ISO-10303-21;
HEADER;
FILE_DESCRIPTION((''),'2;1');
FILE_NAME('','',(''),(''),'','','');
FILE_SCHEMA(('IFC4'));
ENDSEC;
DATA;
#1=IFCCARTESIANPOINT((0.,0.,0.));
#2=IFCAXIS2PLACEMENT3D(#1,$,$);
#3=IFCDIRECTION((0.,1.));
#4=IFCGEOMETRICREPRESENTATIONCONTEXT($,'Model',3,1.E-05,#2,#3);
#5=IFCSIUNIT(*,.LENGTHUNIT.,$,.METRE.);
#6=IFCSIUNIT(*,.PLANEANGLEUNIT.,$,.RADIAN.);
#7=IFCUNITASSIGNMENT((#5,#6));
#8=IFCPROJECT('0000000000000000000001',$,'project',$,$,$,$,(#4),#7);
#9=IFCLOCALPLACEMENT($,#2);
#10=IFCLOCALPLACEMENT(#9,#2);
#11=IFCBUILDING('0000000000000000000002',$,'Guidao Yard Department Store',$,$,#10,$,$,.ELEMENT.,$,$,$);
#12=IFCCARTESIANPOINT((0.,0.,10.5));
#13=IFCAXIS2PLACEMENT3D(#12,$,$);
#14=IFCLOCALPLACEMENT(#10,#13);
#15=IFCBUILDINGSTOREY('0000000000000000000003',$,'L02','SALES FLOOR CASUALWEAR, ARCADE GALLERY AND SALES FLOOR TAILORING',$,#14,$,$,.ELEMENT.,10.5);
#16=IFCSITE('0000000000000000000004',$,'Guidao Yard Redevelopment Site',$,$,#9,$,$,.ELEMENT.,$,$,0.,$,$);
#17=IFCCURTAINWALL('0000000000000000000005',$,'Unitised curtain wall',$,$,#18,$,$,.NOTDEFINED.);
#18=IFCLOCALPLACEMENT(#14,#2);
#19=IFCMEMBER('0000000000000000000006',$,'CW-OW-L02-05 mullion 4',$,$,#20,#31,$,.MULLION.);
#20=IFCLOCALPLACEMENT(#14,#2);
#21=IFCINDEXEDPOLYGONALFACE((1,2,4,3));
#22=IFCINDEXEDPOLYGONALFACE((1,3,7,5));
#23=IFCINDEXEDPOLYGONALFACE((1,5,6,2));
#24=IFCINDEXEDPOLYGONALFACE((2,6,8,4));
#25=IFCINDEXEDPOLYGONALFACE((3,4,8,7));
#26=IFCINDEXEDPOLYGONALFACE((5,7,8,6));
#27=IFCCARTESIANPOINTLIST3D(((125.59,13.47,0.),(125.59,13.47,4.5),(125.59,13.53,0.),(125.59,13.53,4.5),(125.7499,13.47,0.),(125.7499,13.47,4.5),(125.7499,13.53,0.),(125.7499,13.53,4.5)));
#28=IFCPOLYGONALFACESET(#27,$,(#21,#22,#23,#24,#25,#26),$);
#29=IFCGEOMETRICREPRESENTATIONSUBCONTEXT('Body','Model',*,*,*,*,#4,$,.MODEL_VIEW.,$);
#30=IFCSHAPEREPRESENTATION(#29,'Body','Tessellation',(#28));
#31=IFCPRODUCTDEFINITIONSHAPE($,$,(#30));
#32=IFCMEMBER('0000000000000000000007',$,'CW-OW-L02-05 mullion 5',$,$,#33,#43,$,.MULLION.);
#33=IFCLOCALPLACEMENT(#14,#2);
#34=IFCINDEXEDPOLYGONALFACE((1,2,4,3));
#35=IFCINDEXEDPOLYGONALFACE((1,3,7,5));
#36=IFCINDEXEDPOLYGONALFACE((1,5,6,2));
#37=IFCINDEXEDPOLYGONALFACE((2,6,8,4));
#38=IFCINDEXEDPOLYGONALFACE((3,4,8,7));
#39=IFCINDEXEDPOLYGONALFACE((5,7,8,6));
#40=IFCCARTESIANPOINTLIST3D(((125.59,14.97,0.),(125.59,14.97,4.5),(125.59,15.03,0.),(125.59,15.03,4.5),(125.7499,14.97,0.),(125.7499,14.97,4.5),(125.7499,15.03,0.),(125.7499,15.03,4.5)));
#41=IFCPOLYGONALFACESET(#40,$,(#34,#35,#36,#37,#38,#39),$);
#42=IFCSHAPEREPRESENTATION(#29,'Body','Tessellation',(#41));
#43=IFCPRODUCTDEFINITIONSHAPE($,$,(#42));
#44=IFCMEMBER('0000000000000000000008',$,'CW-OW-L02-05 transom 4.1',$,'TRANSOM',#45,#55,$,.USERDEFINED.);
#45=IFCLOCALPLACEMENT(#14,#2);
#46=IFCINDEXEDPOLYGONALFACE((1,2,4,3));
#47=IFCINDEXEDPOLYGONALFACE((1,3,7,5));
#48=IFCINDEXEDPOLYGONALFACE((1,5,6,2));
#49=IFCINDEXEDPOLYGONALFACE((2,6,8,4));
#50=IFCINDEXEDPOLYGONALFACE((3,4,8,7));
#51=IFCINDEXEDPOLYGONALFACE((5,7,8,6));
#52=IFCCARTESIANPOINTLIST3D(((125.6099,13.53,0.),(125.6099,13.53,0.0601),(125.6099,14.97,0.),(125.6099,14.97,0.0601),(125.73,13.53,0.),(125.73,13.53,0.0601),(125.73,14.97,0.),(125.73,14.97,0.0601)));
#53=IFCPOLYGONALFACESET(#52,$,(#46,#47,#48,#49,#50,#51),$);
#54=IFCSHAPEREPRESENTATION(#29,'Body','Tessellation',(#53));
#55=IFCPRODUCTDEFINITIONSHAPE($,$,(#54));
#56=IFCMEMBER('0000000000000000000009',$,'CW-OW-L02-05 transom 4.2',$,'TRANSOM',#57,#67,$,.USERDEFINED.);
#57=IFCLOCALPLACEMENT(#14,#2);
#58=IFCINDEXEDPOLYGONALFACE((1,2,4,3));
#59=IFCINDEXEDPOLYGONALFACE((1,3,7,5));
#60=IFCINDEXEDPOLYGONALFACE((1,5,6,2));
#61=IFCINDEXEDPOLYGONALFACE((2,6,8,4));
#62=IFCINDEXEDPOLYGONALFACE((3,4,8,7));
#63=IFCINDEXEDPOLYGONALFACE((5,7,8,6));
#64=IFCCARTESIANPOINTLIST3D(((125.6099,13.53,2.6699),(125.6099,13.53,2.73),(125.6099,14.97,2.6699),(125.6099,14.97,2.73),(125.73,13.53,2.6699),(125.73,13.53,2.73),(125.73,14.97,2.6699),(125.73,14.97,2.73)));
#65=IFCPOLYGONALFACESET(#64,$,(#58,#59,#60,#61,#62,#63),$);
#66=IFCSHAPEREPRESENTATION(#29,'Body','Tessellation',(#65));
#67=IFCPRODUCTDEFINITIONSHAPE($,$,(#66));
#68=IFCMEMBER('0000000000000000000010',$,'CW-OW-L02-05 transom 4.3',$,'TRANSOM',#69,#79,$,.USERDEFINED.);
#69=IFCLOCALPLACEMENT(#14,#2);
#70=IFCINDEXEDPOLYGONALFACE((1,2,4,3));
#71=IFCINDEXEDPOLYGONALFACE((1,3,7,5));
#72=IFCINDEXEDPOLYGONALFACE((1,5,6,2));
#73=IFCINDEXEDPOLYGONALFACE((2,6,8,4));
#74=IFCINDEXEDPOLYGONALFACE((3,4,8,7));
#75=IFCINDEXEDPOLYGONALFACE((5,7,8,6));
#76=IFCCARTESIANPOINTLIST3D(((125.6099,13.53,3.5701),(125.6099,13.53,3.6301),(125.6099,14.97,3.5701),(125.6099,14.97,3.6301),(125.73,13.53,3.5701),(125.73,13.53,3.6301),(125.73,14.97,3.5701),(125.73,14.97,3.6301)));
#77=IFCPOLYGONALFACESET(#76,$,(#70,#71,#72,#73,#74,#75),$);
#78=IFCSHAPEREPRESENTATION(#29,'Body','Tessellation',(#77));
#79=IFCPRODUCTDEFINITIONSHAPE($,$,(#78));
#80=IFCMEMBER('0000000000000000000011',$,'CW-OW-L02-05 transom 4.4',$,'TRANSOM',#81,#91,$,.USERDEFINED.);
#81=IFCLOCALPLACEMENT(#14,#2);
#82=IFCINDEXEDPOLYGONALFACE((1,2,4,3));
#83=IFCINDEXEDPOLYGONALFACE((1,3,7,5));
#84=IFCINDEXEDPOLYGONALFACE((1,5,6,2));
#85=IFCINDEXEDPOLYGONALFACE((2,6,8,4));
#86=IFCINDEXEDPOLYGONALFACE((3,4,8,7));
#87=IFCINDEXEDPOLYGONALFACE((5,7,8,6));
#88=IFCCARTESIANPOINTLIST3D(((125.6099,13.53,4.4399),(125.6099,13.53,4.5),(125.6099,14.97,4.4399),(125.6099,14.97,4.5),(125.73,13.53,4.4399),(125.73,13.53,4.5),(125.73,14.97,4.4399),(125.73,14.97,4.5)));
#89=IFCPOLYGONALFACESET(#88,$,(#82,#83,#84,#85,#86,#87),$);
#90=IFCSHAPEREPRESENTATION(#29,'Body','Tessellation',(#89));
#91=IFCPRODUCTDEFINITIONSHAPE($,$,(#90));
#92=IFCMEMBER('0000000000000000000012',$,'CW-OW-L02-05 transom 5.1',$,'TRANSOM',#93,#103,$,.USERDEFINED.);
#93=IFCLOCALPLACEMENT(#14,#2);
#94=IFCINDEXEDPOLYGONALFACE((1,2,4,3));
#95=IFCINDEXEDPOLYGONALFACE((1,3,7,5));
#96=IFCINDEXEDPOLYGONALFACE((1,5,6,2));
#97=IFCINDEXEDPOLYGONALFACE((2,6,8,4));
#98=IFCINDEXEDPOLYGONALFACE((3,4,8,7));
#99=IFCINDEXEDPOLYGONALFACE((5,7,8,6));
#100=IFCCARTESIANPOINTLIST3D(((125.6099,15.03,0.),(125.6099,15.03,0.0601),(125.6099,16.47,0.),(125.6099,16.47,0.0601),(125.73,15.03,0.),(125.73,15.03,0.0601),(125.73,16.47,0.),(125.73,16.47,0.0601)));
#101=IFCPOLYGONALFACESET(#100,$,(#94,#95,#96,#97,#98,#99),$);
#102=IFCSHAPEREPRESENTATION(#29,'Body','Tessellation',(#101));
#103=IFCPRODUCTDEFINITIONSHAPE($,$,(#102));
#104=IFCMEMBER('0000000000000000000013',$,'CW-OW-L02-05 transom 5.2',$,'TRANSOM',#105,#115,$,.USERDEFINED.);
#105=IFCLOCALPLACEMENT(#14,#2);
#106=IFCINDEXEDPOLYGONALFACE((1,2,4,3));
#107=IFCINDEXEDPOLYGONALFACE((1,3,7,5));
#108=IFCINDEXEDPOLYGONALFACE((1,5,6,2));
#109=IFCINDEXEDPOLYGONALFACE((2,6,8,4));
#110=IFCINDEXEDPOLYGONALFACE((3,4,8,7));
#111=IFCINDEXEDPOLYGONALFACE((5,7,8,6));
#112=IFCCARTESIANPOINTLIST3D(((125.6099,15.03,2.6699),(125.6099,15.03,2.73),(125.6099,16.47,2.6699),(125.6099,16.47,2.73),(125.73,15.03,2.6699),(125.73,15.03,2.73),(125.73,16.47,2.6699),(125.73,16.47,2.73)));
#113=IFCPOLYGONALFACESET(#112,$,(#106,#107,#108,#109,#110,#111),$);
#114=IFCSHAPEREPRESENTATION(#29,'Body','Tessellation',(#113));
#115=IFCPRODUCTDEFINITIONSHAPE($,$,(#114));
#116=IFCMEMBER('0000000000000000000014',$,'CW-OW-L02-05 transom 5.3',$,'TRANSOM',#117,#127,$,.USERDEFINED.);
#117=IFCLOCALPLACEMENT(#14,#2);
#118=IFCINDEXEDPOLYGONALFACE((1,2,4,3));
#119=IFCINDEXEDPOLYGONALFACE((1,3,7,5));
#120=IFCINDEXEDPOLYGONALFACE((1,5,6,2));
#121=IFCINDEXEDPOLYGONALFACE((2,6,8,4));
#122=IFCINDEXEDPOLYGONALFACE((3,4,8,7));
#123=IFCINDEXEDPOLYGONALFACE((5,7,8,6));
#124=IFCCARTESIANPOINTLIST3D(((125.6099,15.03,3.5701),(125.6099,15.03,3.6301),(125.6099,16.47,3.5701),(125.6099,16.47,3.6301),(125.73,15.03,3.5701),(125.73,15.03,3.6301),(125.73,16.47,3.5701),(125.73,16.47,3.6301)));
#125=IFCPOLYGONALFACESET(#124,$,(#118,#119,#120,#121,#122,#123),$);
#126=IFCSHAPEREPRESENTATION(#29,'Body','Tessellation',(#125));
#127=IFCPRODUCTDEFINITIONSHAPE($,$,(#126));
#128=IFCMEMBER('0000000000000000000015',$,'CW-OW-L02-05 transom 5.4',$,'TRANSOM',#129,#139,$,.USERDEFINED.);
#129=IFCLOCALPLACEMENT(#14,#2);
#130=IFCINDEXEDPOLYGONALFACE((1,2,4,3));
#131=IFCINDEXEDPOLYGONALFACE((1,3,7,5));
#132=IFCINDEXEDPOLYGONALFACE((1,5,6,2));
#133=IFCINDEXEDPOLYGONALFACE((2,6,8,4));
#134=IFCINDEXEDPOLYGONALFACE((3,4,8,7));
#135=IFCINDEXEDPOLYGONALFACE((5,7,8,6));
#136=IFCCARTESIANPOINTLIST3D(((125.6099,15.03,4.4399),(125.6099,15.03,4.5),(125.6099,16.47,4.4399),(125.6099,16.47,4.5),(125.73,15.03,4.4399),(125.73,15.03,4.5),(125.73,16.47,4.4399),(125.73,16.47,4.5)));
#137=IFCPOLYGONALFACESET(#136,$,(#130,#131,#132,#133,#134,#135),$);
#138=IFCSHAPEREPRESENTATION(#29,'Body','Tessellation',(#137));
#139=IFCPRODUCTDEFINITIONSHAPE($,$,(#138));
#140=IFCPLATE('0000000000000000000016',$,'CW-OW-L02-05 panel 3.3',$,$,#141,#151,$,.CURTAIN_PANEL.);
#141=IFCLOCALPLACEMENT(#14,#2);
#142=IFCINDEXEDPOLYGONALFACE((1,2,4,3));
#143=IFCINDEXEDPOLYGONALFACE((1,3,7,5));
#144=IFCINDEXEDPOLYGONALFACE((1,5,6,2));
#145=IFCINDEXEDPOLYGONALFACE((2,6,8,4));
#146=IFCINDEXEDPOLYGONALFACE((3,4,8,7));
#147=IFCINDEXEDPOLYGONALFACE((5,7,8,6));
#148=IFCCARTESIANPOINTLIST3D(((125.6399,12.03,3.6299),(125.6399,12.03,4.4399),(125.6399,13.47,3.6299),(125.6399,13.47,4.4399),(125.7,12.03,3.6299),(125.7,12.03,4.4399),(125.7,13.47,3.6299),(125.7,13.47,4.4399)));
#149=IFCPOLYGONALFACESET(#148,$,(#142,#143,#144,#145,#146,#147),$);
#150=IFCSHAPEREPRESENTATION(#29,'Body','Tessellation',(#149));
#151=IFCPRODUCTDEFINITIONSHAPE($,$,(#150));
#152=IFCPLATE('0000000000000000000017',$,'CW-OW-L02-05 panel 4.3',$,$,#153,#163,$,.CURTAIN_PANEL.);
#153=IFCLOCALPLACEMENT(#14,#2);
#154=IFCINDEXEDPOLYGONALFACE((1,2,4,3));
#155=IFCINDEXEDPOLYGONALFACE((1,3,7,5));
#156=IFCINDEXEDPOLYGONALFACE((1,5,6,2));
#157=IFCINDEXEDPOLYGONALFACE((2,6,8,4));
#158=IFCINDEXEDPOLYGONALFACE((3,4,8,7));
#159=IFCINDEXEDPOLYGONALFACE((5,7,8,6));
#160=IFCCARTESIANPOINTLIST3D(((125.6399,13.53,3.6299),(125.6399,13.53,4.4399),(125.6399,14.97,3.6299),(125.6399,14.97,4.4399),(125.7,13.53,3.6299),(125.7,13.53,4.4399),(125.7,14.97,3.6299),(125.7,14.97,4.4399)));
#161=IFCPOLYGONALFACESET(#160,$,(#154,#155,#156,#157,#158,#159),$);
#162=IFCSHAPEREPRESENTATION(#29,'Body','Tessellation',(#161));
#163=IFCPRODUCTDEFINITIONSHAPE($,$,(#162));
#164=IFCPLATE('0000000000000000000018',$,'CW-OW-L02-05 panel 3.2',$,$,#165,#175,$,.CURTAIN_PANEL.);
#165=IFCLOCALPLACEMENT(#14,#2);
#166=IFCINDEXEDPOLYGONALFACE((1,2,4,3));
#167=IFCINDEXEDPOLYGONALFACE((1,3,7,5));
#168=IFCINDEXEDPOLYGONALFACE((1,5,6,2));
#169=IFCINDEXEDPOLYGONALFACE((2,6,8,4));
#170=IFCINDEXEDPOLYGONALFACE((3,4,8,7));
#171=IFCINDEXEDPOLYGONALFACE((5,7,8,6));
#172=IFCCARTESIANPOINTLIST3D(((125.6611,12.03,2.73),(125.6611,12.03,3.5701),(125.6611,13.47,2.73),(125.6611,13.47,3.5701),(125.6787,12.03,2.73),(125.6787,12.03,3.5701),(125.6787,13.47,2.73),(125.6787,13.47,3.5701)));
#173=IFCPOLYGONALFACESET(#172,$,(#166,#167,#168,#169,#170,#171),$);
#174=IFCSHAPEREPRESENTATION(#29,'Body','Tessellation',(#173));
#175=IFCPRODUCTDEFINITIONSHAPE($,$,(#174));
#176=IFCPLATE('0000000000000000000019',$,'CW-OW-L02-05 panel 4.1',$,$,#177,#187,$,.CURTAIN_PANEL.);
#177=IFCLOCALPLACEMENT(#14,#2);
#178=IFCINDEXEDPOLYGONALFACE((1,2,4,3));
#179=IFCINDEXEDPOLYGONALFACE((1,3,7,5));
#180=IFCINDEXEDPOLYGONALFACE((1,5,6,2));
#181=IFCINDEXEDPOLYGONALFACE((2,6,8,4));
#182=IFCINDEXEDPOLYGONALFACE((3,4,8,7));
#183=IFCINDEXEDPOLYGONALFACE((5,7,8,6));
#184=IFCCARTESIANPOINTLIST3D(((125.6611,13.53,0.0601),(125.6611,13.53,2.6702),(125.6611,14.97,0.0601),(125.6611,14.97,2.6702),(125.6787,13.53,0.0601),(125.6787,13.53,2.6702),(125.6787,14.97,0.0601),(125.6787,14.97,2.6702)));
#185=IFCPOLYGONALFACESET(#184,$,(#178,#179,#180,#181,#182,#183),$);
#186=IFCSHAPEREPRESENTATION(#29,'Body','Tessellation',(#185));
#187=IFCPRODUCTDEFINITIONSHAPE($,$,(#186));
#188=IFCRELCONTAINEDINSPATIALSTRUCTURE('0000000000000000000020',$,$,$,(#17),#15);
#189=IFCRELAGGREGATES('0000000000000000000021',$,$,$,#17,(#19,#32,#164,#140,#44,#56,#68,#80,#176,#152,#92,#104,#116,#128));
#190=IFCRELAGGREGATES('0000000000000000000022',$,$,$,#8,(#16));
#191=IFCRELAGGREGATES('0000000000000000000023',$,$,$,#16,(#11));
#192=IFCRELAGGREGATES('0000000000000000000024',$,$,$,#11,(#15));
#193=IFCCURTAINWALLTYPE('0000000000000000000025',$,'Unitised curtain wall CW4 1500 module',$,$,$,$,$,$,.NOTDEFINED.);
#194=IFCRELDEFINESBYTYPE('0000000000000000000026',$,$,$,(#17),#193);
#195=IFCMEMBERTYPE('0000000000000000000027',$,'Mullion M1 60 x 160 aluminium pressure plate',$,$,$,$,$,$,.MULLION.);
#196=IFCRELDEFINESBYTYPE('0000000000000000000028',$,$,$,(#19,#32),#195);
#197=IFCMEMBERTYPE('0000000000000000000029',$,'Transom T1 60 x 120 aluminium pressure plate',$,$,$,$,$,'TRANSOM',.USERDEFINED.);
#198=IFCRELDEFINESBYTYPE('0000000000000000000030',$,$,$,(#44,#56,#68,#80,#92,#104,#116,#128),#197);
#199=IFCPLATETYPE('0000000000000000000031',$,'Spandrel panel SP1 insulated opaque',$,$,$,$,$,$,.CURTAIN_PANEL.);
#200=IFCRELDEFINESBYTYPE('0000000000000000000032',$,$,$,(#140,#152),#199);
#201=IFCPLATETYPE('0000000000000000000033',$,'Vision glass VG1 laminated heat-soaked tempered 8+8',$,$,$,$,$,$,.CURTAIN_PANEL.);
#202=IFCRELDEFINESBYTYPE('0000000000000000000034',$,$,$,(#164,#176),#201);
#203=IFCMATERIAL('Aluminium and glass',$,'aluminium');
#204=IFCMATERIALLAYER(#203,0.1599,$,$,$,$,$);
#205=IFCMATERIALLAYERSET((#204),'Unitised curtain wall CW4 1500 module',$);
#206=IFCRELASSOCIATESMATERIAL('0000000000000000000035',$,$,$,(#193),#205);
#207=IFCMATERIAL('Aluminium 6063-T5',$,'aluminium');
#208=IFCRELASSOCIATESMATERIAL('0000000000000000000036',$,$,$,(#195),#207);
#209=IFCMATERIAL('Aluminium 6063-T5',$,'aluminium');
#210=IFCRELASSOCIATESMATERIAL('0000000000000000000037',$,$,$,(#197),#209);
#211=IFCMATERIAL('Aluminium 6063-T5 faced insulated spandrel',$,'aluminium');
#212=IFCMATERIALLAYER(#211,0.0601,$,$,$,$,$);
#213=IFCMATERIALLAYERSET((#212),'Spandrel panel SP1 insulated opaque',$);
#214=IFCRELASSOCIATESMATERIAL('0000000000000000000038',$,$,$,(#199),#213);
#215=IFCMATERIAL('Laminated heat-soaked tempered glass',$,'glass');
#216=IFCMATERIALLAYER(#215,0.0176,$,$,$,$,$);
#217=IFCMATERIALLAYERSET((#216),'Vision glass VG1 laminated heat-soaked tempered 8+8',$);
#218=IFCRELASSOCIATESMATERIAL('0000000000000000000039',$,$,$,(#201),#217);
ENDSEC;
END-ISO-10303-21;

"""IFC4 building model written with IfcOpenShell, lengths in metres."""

from ifc_helpers import new_model, si_unit, direction, frame, origin, origin_2d, place, context, subcontext, project, spatial, rectangle, extrude, material, layer, layer_set, material_profile, profile_set, type_object, element, aggregate, save


model = new_model("IFC4")

# Units and contexts
model_context = context("Model", 3, precision=1e-05, world=origin(), true_north=direction((0.0, 1.0)))
body_context = subcontext(model_context, "Body", "Model", "MODEL_VIEW")
ifc_project = project(units=[si_unit("LENGTHUNIT", "METRE"), si_unit("PLANEANGLEUNIT", "RADIAN")], contexts=[model_context])

# Site, building, storey
site_placement = place(None, origin())
site = spatial("IfcSite", under=ifc_project, at=site_placement, Name="Guidao Yard Redevelopment Site", CompositionType="ELEMENT", RefElevation=0.0)
building_placement = place(site_placement, origin())
building = spatial("IfcBuilding", under=site, at=building_placement, Name="Guidao Yard Department Store", CompositionType="ELEMENT")
storey_placement = place(building_placement, frame((0.0, 0.0, 10.5)))
storey = spatial("IfcBuildingStorey", under=building, at=storey_placement, Name="L02", Description="SALES FLOOR CASUALWEAR, ARCADE GALLERY AND SALES FLOOR TAILORING", CompositionType="ELEMENT", Elevation=10.5)

# Curtain wall, members, plates
ifc_material_1 = material(Name="Aluminium and glass", Category="aluminium")
ifc_layer_1 = layer(ifc_material_1, 0.1599)
ifc_layer_set_1 = layer_set([ifc_layer_1], Name="Unitised curtain wall CW4 1500 module")
curtain_wall_type = type_object("IfcCurtainWallType", Name="Unitised curtain wall CW4 1500 module", PredefinedType="NOTDEFINED", material=ifc_layer_set_1)
curtain_wall_placement = place(storey_placement, origin())
curtain_wall = element("IfcCurtainWall", 1, at=curtain_wall_placement, inside=storey, type_object=curtain_wall_type, Name="Unitised curtain wall", PredefinedType="NOTDEFINED")
ifc_material_2 = material(Name="Aluminium 6063-T5", Category="aluminium")
ifc_material_profile_1 = material_profile(ifc_material_2, rectangle(XDim=0.0601, YDim=0.1599, at=origin_2d()), Name="Mullion M1 60 x 160 aluminium pressure plate")
ifc_profile_set_1 = profile_set([ifc_material_profile_1], Name="Aluminium 6063-T5")
member_type_1 = type_object("IfcMemberType", Name="Mullion M1 60 x 160 aluminium pressure plate", PredefinedType="MULLION", material=ifc_profile_set_1)
member_1_placement = place(storey_placement, frame((125.6699, 13.5, 0.0), z_axis=(0.0, 0.0, 1.0), x_axis=(0.0, 1.0, 0.0)))
member_1 = element("IfcMember", 2, at=member_1_placement, type_object=member_type_1, Name="CW-OW-L02-05 mullion 4", PredefinedType="MULLION", context=body_context, shape_type="SweptSolid", body=[
    extrude(rectangle(XDim=0.0601, YDim=0.1599, at=origin_2d()), origin(), (0.0, 0.0, 1.0), 4.5),
])
member_2_placement = place(storey_placement, frame((125.6699, 15.0, 0.0), z_axis=(0.0, 0.0, 1.0), x_axis=(0.0, 1.0, 0.0)))
member_2 = element("IfcMember", 3, at=member_2_placement, type_object=member_type_1, Name="CW-OW-L02-05 mullion 5", PredefinedType="MULLION", context=body_context, shape_type="SweptSolid", body=[
    extrude(rectangle(XDim=0.0601, YDim=0.1599, at=origin_2d()), origin(), (0.0, 0.0, 1.0), 4.5),
])
ifc_material_3 = material(Name="Aluminium 6063-T5", Category="aluminium")
ifc_material_profile_2 = material_profile(ifc_material_3, rectangle(XDim=0.1201, YDim=0.0601, at=origin_2d()), Name="Transom T1 60 x 120 aluminium pressure plate")
ifc_profile_set_2 = profile_set([ifc_material_profile_2], Name="Aluminium 6063-T5")
member_type_2 = type_object("IfcMemberType", Name="Transom T1 60 x 120 aluminium pressure plate", ElementType="TRANSOM", PredefinedType="USERDEFINED", material=ifc_profile_set_2)
member_3_placement = place(storey_placement, frame((125.6699, 13.53, 0.03), z_axis=(0.0, 1.0, 0.0), x_axis=(-1.0, 0.0, 0.0)))
member_3 = element("IfcMember", 4, at=member_3_placement, type_object=member_type_2, Name="CW-OW-L02-05 transom 4.1", ObjectType="TRANSOM", PredefinedType="USERDEFINED", context=body_context, shape_type="SweptSolid", body=[
    extrude(rectangle(XDim=0.1201, YDim=0.0601, at=origin_2d()), origin(), (0.0, 0.0, 1.0), 1.4399),
])
member_4_placement = place(storey_placement, frame((125.6699, 13.53, 2.7), z_axis=(0.0, 1.0, 0.0), x_axis=(-1.0, 0.0, 0.0)))
member_4 = element("IfcMember", 5, at=member_4_placement, type_object=member_type_2, Name="CW-OW-L02-05 transom 4.2", ObjectType="TRANSOM", PredefinedType="USERDEFINED", context=body_context, shape_type="SweptSolid", body=[
    extrude(rectangle(XDim=0.1201, YDim=0.0601, at=origin_2d()), origin(), (0.0, 0.0, 1.0), 1.4399),
])
member_5_placement = place(storey_placement, frame((125.6699, 13.53, 3.6001), z_axis=(0.0, 1.0, 0.0), x_axis=(-1.0, 0.0, 0.0)))
member_5 = element("IfcMember", 6, at=member_5_placement, type_object=member_type_2, Name="CW-OW-L02-05 transom 4.3", ObjectType="TRANSOM", PredefinedType="USERDEFINED", context=body_context, shape_type="SweptSolid", body=[
    extrude(rectangle(XDim=0.1201, YDim=0.0601, at=origin_2d()), origin(), (0.0, 0.0, 1.0), 1.4399),
])
member_6_placement = place(storey_placement, frame((125.6699, 13.53, 4.47), z_axis=(0.0, 1.0, 0.0), x_axis=(-1.0, 0.0, 0.0)))
member_6 = element("IfcMember", 7, at=member_6_placement, type_object=member_type_2, Name="CW-OW-L02-05 transom 4.4", ObjectType="TRANSOM", PredefinedType="USERDEFINED", context=body_context, shape_type="SweptSolid", body=[
    extrude(rectangle(XDim=0.1201, YDim=0.0601, at=origin_2d()), origin(), (0.0, 0.0, 1.0), 1.4399),
])
member_7_placement = place(storey_placement, frame((125.6699, 15.03, 0.03), z_axis=(0.0, 1.0, 0.0), x_axis=(-1.0, 0.0, 0.0)))
member_7 = element("IfcMember", 8, at=member_7_placement, type_object=member_type_2, Name="CW-OW-L02-05 transom 5.1", ObjectType="TRANSOM", PredefinedType="USERDEFINED", context=body_context, shape_type="SweptSolid", body=[
    extrude(rectangle(XDim=0.1201, YDim=0.0601, at=origin_2d()), origin(), (0.0, 0.0, 1.0), 1.4399),
])
member_8_placement = place(storey_placement, frame((125.6699, 15.03, 2.7), z_axis=(0.0, 1.0, 0.0), x_axis=(-1.0, 0.0, 0.0)))
member_8 = element("IfcMember", 9, at=member_8_placement, type_object=member_type_2, Name="CW-OW-L02-05 transom 5.2", ObjectType="TRANSOM", PredefinedType="USERDEFINED", context=body_context, shape_type="SweptSolid", body=[
    extrude(rectangle(XDim=0.1201, YDim=0.0601, at=origin_2d()), origin(), (0.0, 0.0, 1.0), 1.4399),
])
member_9_placement = place(storey_placement, frame((125.6699, 15.03, 3.6001), z_axis=(0.0, 1.0, 0.0), x_axis=(-1.0, 0.0, 0.0)))
member_9 = element("IfcMember", 10, at=member_9_placement, type_object=member_type_2, Name="CW-OW-L02-05 transom 5.3", ObjectType="TRANSOM", PredefinedType="USERDEFINED", context=body_context, shape_type="SweptSolid", body=[
    extrude(rectangle(XDim=0.1201, YDim=0.0601, at=origin_2d()), origin(), (0.0, 0.0, 1.0), 1.4399),
])
member_10_placement = place(storey_placement, frame((125.6699, 15.03, 4.47), z_axis=(0.0, 1.0, 0.0), x_axis=(-1.0, 0.0, 0.0)))
member_10 = element("IfcMember", 11, at=member_10_placement, type_object=member_type_2, Name="CW-OW-L02-05 transom 5.4", ObjectType="TRANSOM", PredefinedType="USERDEFINED", context=body_context, shape_type="SweptSolid", body=[
    extrude(rectangle(XDim=0.1201, YDim=0.0601, at=origin_2d()), origin(), (0.0, 0.0, 1.0), 1.4399),
])
ifc_material_4 = material(Name="Aluminium 6063-T5 faced insulated spandrel", Category="aluminium")
ifc_layer_2 = layer(ifc_material_4, 0.0601)
ifc_layer_set_2 = layer_set([ifc_layer_2], Name="Spandrel panel SP1 insulated opaque")
plate_type_1 = type_object("IfcPlateType", Name="Spandrel panel SP1 insulated opaque", PredefinedType="CURTAIN_PANEL", material=ifc_layer_set_2)
plate_1_placement = place(storey_placement, frame((125.6699, 12.75, 3.6299), z_axis=(0.0, 0.0, 1.0), x_axis=(0.0, 1.0, 0.0)))
plate_1 = element("IfcPlate", 12, at=plate_1_placement, type_object=plate_type_1, Name="CW-OW-L02-05 panel 3.3", PredefinedType="CURTAIN_PANEL", context=body_context, shape_type="SweptSolid", body=[
    extrude(rectangle(XDim=1.4399, YDim=0.0601, at=origin_2d()), origin(), (0.0, 0.0, 1.0), 0.8101),
])
plate_2_placement = place(storey_placement, frame((125.6699, 14.25, 3.6299), z_axis=(0.0, 0.0, 1.0), x_axis=(0.0, 1.0, 0.0)))
plate_2 = element("IfcPlate", 13, at=plate_2_placement, type_object=plate_type_1, Name="CW-OW-L02-05 panel 4.3", PredefinedType="CURTAIN_PANEL", context=body_context, shape_type="SweptSolid", body=[
    extrude(rectangle(XDim=1.4399, YDim=0.0601, at=origin_2d()), origin(), (0.0, 0.0, 1.0), 0.8101),
])
ifc_material_5 = material(Name="Laminated heat-soaked tempered glass", Category="glass")
ifc_layer_3 = layer(ifc_material_5, 0.0176)
ifc_layer_set_3 = layer_set([ifc_layer_3], Name="Vision glass VG1 laminated heat-soaked tempered 8+8")
plate_type_2 = type_object("IfcPlateType", Name="Vision glass VG1 laminated heat-soaked tempered 8+8", PredefinedType="CURTAIN_PANEL", material=ifc_layer_set_3)
plate_3_placement = place(storey_placement, frame((125.6699, 12.75, 2.73), z_axis=(0.0, 0.0, 1.0), x_axis=(0.0, 1.0, 0.0)))
plate_3 = element("IfcPlate", 14, at=plate_3_placement, type_object=plate_type_2, Name="CW-OW-L02-05 panel 3.2", PredefinedType="CURTAIN_PANEL", context=body_context, shape_type="SweptSolid", body=[
    extrude(rectangle(XDim=1.4399, YDim=0.0176, at=origin_2d()), origin(), (0.0, 0.0, 1.0), 0.8401),
])
plate_4_placement = place(storey_placement, frame((125.6699, 14.25, 0.0601), z_axis=(0.0, 0.0, 1.0), x_axis=(0.0, 1.0, 0.0)))
plate_4 = element("IfcPlate", 15, at=plate_4_placement, type_object=plate_type_2, Name="CW-OW-L02-05 panel 4.1", PredefinedType="CURTAIN_PANEL", context=body_context, shape_type="SweptSolid", body=[
    extrude(rectangle(XDim=1.4399, YDim=0.0176, at=origin_2d()), origin(), (0.0, 0.0, 1.0), 2.6101),
])
aggregate(curtain_wall, [member_1, member_2, plate_3, plate_1, member_3, member_4, member_5, member_6, plate_4, plate_2, member_7, member_8, member_9, member_10])

save(model, "model.ifc")
